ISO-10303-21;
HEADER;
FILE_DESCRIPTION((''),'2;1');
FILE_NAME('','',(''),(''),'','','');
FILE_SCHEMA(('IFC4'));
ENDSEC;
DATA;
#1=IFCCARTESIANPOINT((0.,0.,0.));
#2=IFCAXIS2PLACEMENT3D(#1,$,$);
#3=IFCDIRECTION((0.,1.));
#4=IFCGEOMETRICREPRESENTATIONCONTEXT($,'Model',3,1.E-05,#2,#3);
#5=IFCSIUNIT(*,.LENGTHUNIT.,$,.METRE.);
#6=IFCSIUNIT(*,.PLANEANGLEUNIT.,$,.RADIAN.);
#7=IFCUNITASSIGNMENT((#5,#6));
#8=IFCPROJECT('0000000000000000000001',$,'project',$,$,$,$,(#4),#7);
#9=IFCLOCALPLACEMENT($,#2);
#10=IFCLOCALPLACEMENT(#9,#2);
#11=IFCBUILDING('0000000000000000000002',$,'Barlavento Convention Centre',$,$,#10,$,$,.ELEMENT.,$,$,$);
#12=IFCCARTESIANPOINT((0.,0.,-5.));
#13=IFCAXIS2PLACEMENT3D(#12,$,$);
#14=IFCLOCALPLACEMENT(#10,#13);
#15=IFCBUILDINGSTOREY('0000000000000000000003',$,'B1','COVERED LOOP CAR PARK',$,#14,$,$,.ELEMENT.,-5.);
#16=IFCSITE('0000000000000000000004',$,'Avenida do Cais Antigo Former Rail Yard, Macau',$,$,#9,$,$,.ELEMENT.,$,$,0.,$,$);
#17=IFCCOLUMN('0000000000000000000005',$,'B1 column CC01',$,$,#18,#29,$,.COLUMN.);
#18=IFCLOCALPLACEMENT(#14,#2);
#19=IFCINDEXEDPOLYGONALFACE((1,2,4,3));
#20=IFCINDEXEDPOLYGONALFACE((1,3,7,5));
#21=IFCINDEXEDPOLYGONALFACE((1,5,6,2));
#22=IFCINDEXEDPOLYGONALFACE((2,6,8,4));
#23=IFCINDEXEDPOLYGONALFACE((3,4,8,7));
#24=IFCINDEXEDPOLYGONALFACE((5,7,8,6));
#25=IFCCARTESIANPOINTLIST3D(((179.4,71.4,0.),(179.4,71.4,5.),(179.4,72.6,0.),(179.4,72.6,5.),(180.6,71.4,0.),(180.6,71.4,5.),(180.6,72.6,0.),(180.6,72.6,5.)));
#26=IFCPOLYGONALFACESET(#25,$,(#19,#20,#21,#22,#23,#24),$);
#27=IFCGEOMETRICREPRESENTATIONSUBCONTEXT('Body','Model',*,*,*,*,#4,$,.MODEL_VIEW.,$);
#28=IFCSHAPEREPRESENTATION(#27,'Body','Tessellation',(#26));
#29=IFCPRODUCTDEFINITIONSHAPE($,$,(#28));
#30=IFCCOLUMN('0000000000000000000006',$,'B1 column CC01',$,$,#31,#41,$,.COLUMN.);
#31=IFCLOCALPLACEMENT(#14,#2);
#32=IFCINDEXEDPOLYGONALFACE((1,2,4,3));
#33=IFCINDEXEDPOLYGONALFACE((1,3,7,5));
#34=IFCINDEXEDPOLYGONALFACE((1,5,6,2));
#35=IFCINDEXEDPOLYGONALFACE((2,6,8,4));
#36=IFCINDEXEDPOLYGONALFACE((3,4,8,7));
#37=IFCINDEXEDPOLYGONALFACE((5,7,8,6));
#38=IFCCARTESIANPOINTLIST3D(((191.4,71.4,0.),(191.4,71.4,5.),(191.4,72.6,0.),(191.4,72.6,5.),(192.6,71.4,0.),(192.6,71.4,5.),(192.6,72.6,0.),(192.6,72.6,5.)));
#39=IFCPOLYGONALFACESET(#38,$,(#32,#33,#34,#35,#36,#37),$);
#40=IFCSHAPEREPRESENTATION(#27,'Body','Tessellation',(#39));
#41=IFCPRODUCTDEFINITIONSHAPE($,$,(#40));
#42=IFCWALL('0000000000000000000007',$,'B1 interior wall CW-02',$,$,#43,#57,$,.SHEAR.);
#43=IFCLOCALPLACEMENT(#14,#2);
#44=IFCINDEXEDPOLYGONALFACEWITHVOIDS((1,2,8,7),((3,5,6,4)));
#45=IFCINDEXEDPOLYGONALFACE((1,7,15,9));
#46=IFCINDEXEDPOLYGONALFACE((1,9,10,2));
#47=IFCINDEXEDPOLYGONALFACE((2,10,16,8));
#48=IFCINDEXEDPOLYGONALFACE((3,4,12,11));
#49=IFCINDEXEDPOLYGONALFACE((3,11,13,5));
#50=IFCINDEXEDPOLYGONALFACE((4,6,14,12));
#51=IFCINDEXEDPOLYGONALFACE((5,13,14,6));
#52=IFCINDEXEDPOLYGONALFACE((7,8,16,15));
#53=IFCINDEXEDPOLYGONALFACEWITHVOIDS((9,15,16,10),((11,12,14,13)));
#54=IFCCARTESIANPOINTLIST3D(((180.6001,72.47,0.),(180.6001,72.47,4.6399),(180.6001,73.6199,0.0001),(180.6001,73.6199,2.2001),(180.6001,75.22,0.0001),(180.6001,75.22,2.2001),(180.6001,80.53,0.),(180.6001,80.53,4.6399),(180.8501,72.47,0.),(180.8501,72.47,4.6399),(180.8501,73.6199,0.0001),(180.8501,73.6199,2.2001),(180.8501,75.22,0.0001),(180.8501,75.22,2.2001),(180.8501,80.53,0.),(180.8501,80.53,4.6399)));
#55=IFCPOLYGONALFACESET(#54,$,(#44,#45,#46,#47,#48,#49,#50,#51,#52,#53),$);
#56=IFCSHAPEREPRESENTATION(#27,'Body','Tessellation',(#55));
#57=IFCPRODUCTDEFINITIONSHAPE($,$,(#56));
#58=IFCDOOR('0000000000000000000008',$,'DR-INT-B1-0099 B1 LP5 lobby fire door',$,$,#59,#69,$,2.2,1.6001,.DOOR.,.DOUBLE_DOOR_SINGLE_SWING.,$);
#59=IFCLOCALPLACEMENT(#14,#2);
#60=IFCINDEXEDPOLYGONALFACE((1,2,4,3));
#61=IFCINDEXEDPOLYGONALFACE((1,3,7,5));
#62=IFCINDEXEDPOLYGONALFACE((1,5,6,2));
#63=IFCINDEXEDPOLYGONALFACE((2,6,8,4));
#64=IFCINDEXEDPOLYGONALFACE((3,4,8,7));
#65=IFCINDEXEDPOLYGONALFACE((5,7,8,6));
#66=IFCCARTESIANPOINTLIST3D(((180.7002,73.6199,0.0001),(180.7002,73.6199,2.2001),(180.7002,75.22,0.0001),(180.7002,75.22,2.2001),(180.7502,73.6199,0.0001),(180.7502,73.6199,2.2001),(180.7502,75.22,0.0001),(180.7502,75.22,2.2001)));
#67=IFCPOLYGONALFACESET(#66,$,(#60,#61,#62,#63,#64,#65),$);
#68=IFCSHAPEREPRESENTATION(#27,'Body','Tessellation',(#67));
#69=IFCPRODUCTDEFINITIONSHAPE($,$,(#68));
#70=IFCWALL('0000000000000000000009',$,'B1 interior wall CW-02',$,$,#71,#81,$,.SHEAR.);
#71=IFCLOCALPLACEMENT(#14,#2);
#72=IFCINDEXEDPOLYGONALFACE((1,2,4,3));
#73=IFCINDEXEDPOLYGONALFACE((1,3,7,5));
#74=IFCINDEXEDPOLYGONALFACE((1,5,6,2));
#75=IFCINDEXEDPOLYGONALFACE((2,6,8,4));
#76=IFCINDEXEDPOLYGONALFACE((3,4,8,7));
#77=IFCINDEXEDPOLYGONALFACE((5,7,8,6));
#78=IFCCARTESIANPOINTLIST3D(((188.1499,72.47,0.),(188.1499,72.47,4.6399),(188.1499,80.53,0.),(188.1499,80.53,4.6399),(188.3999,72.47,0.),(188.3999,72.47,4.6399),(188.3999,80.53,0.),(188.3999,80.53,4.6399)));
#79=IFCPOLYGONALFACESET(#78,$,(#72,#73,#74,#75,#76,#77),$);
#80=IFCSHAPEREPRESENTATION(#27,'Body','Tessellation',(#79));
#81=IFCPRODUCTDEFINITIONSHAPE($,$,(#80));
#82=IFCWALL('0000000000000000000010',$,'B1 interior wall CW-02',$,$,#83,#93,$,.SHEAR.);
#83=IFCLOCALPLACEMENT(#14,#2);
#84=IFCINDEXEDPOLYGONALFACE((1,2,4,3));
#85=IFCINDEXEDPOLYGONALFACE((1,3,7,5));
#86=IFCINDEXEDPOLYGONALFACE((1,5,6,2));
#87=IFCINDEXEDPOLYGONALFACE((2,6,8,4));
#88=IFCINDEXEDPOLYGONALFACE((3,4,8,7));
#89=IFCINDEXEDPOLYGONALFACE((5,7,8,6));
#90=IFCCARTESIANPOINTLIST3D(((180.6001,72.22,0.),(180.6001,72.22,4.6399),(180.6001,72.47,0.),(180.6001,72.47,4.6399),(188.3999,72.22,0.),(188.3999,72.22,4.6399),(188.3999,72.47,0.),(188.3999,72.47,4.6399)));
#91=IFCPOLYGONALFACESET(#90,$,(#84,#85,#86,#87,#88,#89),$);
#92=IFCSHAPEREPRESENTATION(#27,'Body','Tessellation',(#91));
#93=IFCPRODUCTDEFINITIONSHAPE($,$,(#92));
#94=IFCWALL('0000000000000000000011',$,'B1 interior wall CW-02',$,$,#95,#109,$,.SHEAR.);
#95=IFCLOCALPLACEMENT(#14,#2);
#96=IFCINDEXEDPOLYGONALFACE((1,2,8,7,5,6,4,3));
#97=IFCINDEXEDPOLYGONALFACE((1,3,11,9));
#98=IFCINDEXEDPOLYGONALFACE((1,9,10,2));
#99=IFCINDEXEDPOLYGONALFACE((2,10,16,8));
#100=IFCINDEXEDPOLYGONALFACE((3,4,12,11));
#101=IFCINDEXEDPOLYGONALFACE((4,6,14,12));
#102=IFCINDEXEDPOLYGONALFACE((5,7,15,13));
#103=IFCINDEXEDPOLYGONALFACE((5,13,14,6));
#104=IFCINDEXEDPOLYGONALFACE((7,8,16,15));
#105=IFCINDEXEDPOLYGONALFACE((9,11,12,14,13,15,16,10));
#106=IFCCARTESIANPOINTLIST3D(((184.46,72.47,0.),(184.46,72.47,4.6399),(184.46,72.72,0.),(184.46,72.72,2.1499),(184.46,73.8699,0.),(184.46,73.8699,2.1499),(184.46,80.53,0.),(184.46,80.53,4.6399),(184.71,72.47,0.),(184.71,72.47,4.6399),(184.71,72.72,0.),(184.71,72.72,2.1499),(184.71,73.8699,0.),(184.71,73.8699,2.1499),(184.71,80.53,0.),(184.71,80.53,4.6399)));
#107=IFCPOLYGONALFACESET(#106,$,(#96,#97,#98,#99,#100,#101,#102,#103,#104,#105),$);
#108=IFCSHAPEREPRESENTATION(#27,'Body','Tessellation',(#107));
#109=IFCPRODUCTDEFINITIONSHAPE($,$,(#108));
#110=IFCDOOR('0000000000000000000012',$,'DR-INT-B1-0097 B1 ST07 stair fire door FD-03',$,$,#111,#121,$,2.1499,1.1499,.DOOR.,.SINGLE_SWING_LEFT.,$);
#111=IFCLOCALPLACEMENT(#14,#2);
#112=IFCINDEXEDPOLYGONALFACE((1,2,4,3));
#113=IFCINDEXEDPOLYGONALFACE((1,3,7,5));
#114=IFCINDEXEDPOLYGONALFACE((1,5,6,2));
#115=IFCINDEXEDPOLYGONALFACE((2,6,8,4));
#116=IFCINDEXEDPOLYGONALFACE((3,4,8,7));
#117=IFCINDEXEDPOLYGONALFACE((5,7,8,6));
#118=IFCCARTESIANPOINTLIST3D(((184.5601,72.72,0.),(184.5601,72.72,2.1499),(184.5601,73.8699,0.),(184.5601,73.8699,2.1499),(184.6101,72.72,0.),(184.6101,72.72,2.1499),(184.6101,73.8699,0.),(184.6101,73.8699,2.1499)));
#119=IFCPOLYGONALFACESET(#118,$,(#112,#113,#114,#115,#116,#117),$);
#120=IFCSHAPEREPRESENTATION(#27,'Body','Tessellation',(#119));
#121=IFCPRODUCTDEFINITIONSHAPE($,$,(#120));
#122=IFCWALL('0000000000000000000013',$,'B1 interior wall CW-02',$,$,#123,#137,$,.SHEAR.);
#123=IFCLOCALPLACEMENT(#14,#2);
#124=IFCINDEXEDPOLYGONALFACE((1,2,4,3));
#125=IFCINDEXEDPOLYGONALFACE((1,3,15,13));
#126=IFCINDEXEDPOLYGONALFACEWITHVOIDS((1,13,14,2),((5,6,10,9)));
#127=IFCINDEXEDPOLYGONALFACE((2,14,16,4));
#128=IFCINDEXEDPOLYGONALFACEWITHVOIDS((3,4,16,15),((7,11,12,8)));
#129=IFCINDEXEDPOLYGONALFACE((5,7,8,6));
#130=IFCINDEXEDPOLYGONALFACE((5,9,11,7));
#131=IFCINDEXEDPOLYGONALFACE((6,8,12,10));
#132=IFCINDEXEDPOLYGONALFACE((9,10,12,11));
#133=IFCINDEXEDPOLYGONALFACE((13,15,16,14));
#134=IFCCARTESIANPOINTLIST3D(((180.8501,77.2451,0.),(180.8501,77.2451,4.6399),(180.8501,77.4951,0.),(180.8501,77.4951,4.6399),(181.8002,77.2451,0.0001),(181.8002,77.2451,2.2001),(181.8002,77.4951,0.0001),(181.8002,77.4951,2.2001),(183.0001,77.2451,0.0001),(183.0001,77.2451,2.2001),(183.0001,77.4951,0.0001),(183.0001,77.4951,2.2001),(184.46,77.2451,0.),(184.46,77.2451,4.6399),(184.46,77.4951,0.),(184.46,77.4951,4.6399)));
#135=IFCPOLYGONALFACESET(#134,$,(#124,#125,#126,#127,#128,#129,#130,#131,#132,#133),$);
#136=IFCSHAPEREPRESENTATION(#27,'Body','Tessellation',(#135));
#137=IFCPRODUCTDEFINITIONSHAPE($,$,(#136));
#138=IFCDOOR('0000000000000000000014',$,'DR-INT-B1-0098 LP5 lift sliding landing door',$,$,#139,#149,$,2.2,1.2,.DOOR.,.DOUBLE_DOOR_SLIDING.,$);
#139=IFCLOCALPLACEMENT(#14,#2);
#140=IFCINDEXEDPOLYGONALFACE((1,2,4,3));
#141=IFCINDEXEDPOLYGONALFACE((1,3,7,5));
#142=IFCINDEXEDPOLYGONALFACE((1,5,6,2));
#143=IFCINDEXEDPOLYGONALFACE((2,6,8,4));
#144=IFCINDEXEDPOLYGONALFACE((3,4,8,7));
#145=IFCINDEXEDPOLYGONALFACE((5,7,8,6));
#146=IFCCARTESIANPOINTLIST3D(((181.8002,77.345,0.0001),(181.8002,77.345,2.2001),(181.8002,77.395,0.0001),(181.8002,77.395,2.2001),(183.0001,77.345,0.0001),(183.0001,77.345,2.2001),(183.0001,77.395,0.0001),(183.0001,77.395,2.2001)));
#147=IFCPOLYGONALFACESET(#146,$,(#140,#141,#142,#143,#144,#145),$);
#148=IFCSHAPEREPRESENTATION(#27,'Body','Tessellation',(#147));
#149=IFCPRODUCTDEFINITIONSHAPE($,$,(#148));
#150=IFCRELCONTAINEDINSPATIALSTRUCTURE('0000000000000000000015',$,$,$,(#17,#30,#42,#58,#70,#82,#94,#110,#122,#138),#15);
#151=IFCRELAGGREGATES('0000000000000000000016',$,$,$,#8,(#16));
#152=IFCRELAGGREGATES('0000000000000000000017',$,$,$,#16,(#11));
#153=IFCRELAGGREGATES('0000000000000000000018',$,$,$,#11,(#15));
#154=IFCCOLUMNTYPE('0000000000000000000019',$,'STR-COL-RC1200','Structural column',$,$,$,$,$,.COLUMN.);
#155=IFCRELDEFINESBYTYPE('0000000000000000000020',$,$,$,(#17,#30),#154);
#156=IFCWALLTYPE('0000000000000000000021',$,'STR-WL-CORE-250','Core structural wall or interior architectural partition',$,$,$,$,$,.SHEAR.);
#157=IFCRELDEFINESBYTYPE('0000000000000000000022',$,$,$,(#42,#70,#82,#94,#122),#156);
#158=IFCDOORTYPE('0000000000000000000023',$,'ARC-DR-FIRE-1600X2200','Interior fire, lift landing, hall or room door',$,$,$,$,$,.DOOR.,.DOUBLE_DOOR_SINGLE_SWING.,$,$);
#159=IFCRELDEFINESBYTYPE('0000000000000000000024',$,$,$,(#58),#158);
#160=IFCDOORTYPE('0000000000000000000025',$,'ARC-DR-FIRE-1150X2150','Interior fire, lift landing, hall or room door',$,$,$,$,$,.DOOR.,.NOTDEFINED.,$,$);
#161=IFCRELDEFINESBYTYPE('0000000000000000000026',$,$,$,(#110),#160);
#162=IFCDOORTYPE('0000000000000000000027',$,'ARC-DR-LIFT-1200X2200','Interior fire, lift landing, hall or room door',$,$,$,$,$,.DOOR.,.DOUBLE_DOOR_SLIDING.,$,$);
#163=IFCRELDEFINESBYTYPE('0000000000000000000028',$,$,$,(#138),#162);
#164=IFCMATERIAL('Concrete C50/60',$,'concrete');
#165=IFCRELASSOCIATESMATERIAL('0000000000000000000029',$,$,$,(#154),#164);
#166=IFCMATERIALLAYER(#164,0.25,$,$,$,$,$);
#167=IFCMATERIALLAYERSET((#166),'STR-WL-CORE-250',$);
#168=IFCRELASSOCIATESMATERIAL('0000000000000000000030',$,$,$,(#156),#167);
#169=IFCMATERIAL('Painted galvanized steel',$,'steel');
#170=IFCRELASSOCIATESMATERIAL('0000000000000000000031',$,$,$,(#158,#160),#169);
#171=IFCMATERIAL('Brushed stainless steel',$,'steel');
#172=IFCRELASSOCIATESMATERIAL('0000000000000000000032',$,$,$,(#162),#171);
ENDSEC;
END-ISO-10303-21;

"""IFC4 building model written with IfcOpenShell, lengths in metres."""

from ifc_helpers import new_model, si_unit, direction, frame, frame_2d, origin, origin_2d, place, context, subcontext, project, spatial, rectangle, extrude, material, layer, layer_set, material_profile, profile_set, type_object, element, fill, save


model = new_model("IFC4")

# Units and contexts
model_context = context("Model", 3, precision=1e-05, world=origin(), true_north=direction((0.0, 1.0)))
body_context = subcontext(model_context, "Body", "Model", "MODEL_VIEW")
ifc_project = project(units=[si_unit("LENGTHUNIT", "METRE"), si_unit("PLANEANGLEUNIT", "RADIAN")], contexts=[model_context])

# Site, building, storey
site_placement = place(None, origin())
site = spatial("IfcSite", under=ifc_project, at=site_placement, Name="Avenida do Cais Antigo Former Rail Yard, Macau", CompositionType="ELEMENT", RefElevation=0.0)
building_placement = place(site_placement, origin())
building = spatial("IfcBuilding", under=site, at=building_placement, Name="Barlavento Convention Centre", CompositionType="ELEMENT")
storey_placement = place(building_placement, frame((0.0, 0.0, -5.0)))
storey = spatial("IfcBuildingStorey", under=building, at=storey_placement, Name="B1", Description="COVERED LOOP CAR PARK", CompositionType="ELEMENT", Elevation=-5.0)

# Columns
ifc_material_1 = material(Name="Concrete C50/60", Category="concrete")
ifc_material_profile_1 = material_profile(ifc_material_1, rectangle(XDim=1.2, YDim=1.2, at=origin_2d()), Name="RC 1200x1200")
ifc_profile_set_1 = profile_set([ifc_material_profile_1], Name="Concrete C50/60")
column_type_1 = type_object("IfcColumnType", Name="STR-COL-RC1200", Description="Structural column", PredefinedType="COLUMN", material=ifc_profile_set_1)
for number, where, z_axis, x_axis, name in (
    (1, (180.0, 72.0, 0.0), (0.0, 0.0, 1.0), (1.0, 0.0, 0.0), "B1 column CC01"),
    (2, (192.0, 72.0, 0.0), (0.0, 0.0, 1.0), (1.0, 0.0, 0.0), "B1 column CC01"),
):
    element("IfcColumn", number, at=place(storey_placement, frame(where, z_axis=z_axis, x_axis=x_axis)), inside=storey, type_object=column_type_1, Name=name, PredefinedType="COLUMN", context=body_context, shape_type="SweptSolid", body=[
        extrude(rectangle(XDim=1.2, YDim=1.2, at=origin_2d()), origin(), (0.0, 0.0, 1.0), 5.0),
    ])

# Wall, opening, door
ifc_layer = layer(ifc_material_1, 0.25)
ifc_layer_set = layer_set([ifc_layer], Name="STR-WL-CORE-250")
wall_type = type_object("IfcWallType", Name="STR-WL-CORE-250", Description="Core structural wall or interior architectural partition", PredefinedType="SHEAR", material=ifc_layer_set)
wall_1_placement = place(storey_placement, frame((180.7251, 72.47, 0.0), z_axis=(0.0, 0.0, 1.0), x_axis=(0.0, 1.0, 0.0)))
wall_1 = element("IfcWall", 3, at=wall_1_placement, inside=storey, type_object=wall_type, Name="B1 interior wall CW-02", PredefinedType="SHEAR", context=body_context, shape_type="SweptSolid", body=[
    extrude(rectangle(XDim=8.0601, YDim=0.25, at=frame_2d((4.03, 0.0))), origin(), (0.0, 0.0, 1.0), 4.6399),
])
opening_1_placement = place(wall_1_placement, frame((1.1499, 0.0, 0.0)))
opening_1 = element("IfcOpeningElement", 4, at=opening_1_placement, cuts=wall_1, PredefinedType="OPENING", context=body_context, shape_type="SweptSolid", body=[
    extrude(rectangle(XDim=1.6001, YDim=2.2, at=frame_2d((0.8, 1.1001))), frame((0.0, 0.135, 0.0), z_axis=(0.0, -1.0, 0.0), x_axis=(1.0, 0.0, 0.0)), (0.0, 0.0, 1.0), 0.27),
])
ifc_material_2 = material(Name="Painted galvanized steel", Category="steel")
door_type_1 = type_object("IfcDoorType", Name="ARC-DR-FIRE-1600X2200", Description="Interior fire, lift landing, hall or room door", OperationType="DOUBLE_DOOR_SINGLE_SWING", PredefinedType="DOOR", material=ifc_material_2)
door_1_placement = place(opening_1_placement, origin())
door_1 = element("IfcDoor", 5, at=door_1_placement, inside=storey, type_object=door_type_1, Name="DR-INT-B1-0099 B1 LP5 lobby fire door", OperationType="DOUBLE_DOOR_SINGLE_SWING", OverallHeight=2.2, OverallWidth=1.6001, PredefinedType="DOOR", context=body_context, shape_type="SweptSolid", body=[
    extrude(rectangle(XDim=1.6001, YDim=2.2, at=frame_2d((0.8, 1.1001))), frame((0.0, 0.0249, 0.0), z_axis=(0.0, -1.0, 0.0), x_axis=(1.0, 0.0, 0.0)), (0.0, 0.0, 1.0), 0.05),
])
fill(opening_1, door_1)

# Walls
wall_2_placement = place(storey_placement, frame((188.2749, 72.47, 0.0), z_axis=(0.0, 0.0, 1.0), x_axis=(0.0, 1.0, 0.0)))
element("IfcWall", 6, at=wall_2_placement, inside=storey, type_object=wall_type, Name="B1 interior wall CW-02", PredefinedType="SHEAR", context=body_context, shape_type="SweptSolid", body=[
    extrude(rectangle(XDim=8.0601, YDim=0.25, at=frame_2d((4.03, 0.0))), origin(), (0.0, 0.0, 1.0), 4.6399),
])
wall_3_placement = place(storey_placement, frame((180.6001, 72.345, 0.0), z_axis=(0.0, 0.0, 1.0), x_axis=(1.0, 0.0, 0.0)))
element("IfcWall", 7, at=wall_3_placement, inside=storey, type_object=wall_type, Name="B1 interior wall CW-02", PredefinedType="SHEAR", context=body_context, shape_type="SweptSolid", body=[
    extrude(rectangle(XDim=7.7998, YDim=0.25, at=frame_2d((3.8999, 0.0))), origin(), (0.0, 0.0, 1.0), 4.6399),
])

# Walls, openings, doors
wall_4_placement = place(storey_placement, frame((184.585, 72.47, 0.0), z_axis=(0.0, 0.0, 1.0), x_axis=(0.0, 1.0, 0.0)))
wall_4 = element("IfcWall", 8, at=wall_4_placement, inside=storey, type_object=wall_type, Name="B1 interior wall CW-02", PredefinedType="SHEAR", context=body_context, shape_type="SweptSolid", body=[
    extrude(rectangle(XDim=8.0601, YDim=0.25, at=frame_2d((4.03, 0.0))), origin(), (0.0, 0.0, 1.0), 4.6399),
])
opening_2_placement = place(wall_4_placement, frame((0.25, 0.0, 0.0)))
opening_2 = element("IfcOpeningElement", 9, at=opening_2_placement, cuts=wall_4, PredefinedType="OPENING", context=body_context, shape_type="SweptSolid", body=[
    extrude(rectangle(XDim=1.1499, YDim=2.1499, at=frame_2d((0.575, 1.075))), frame((0.0, 0.135, 0.0), z_axis=(0.0, -1.0, 0.0), x_axis=(1.0, 0.0, 0.0)), (0.0, 0.0, 1.0), 0.27),
])
door_type_2 = type_object("IfcDoorType", Name="ARC-DR-FIRE-1150X2150", Description="Interior fire, lift landing, hall or room door", OperationType="NOTDEFINED", PredefinedType="DOOR", material=ifc_material_2)
door_2_placement = place(opening_2_placement, origin())
door_2 = element("IfcDoor", 10, at=door_2_placement, inside=storey, type_object=door_type_2, Name="DR-INT-B1-0097 B1 ST07 stair fire door FD-03", OperationType="SINGLE_SWING_LEFT", OverallHeight=2.1499, OverallWidth=1.1499, PredefinedType="DOOR", context=body_context, shape_type="SweptSolid", body=[
    extrude(rectangle(XDim=1.1499, YDim=2.1499, at=frame_2d((0.575, 1.075))), frame((0.0, 0.0249, 0.0), z_axis=(0.0, -1.0, 0.0), x_axis=(1.0, 0.0, 0.0)), (0.0, 0.0, 1.0), 0.05),
])
fill(opening_2, door_2)
wall_5_placement = place(storey_placement, frame((180.8501, 77.3701, 0.0), z_axis=(0.0, 0.0, 1.0), x_axis=(1.0, 0.0, 0.0)))
wall_5 = element("IfcWall", 11, at=wall_5_placement, inside=storey, type_object=wall_type, Name="B1 interior wall CW-02", PredefinedType="SHEAR", context=body_context, shape_type="SweptSolid", body=[
    extrude(rectangle(XDim=3.6099, YDim=0.25, at=frame_2d((1.8049, 0.0))), origin(), (0.0, 0.0, 1.0), 4.6399),
])
opening_3_placement = place(wall_5_placement, frame((0.95, 0.0, 0.0)))
opening_3 = element("IfcOpeningElement", 12, at=opening_3_placement, cuts=wall_5, PredefinedType="OPENING", context=body_context, shape_type="SweptSolid", body=[
    extrude(rectangle(XDim=1.2, YDim=2.2, at=frame_2d((0.6001, 1.1001))), frame((0.0, 0.135, 0.0), z_axis=(0.0, -1.0, 0.0), x_axis=(1.0, 0.0, 0.0)), (0.0, 0.0, 1.0), 0.27),
])
ifc_material_3 = material(Name="Brushed stainless steel", Category="steel")
door_type_3 = type_object("IfcDoorType", Name="ARC-DR-LIFT-1200X2200", Description="Interior fire, lift landing, hall or room door", OperationType="DOUBLE_DOOR_SLIDING", PredefinedType="DOOR", material=ifc_material_3)
door_3_placement = place(opening_3_placement, origin())
door_3 = element("IfcDoor", 13, at=door_3_placement, inside=storey, type_object=door_type_3, Name="DR-INT-B1-0098 LP5 lift sliding landing door", OperationType="DOUBLE_DOOR_SLIDING", OverallHeight=2.2, OverallWidth=1.2, PredefinedType="DOOR", context=body_context, shape_type="SweptSolid", body=[
    extrude(rectangle(XDim=1.2, YDim=2.2, at=frame_2d((0.6001, 1.1001))), frame((0.0, 0.0249, 0.0), z_axis=(0.0, -1.0, 0.0), x_axis=(1.0, 0.0, 0.0)), (0.0, 0.0, 1.0), 0.05),
])
fill(opening_3, door_3)

save(model, "model.ifc")
